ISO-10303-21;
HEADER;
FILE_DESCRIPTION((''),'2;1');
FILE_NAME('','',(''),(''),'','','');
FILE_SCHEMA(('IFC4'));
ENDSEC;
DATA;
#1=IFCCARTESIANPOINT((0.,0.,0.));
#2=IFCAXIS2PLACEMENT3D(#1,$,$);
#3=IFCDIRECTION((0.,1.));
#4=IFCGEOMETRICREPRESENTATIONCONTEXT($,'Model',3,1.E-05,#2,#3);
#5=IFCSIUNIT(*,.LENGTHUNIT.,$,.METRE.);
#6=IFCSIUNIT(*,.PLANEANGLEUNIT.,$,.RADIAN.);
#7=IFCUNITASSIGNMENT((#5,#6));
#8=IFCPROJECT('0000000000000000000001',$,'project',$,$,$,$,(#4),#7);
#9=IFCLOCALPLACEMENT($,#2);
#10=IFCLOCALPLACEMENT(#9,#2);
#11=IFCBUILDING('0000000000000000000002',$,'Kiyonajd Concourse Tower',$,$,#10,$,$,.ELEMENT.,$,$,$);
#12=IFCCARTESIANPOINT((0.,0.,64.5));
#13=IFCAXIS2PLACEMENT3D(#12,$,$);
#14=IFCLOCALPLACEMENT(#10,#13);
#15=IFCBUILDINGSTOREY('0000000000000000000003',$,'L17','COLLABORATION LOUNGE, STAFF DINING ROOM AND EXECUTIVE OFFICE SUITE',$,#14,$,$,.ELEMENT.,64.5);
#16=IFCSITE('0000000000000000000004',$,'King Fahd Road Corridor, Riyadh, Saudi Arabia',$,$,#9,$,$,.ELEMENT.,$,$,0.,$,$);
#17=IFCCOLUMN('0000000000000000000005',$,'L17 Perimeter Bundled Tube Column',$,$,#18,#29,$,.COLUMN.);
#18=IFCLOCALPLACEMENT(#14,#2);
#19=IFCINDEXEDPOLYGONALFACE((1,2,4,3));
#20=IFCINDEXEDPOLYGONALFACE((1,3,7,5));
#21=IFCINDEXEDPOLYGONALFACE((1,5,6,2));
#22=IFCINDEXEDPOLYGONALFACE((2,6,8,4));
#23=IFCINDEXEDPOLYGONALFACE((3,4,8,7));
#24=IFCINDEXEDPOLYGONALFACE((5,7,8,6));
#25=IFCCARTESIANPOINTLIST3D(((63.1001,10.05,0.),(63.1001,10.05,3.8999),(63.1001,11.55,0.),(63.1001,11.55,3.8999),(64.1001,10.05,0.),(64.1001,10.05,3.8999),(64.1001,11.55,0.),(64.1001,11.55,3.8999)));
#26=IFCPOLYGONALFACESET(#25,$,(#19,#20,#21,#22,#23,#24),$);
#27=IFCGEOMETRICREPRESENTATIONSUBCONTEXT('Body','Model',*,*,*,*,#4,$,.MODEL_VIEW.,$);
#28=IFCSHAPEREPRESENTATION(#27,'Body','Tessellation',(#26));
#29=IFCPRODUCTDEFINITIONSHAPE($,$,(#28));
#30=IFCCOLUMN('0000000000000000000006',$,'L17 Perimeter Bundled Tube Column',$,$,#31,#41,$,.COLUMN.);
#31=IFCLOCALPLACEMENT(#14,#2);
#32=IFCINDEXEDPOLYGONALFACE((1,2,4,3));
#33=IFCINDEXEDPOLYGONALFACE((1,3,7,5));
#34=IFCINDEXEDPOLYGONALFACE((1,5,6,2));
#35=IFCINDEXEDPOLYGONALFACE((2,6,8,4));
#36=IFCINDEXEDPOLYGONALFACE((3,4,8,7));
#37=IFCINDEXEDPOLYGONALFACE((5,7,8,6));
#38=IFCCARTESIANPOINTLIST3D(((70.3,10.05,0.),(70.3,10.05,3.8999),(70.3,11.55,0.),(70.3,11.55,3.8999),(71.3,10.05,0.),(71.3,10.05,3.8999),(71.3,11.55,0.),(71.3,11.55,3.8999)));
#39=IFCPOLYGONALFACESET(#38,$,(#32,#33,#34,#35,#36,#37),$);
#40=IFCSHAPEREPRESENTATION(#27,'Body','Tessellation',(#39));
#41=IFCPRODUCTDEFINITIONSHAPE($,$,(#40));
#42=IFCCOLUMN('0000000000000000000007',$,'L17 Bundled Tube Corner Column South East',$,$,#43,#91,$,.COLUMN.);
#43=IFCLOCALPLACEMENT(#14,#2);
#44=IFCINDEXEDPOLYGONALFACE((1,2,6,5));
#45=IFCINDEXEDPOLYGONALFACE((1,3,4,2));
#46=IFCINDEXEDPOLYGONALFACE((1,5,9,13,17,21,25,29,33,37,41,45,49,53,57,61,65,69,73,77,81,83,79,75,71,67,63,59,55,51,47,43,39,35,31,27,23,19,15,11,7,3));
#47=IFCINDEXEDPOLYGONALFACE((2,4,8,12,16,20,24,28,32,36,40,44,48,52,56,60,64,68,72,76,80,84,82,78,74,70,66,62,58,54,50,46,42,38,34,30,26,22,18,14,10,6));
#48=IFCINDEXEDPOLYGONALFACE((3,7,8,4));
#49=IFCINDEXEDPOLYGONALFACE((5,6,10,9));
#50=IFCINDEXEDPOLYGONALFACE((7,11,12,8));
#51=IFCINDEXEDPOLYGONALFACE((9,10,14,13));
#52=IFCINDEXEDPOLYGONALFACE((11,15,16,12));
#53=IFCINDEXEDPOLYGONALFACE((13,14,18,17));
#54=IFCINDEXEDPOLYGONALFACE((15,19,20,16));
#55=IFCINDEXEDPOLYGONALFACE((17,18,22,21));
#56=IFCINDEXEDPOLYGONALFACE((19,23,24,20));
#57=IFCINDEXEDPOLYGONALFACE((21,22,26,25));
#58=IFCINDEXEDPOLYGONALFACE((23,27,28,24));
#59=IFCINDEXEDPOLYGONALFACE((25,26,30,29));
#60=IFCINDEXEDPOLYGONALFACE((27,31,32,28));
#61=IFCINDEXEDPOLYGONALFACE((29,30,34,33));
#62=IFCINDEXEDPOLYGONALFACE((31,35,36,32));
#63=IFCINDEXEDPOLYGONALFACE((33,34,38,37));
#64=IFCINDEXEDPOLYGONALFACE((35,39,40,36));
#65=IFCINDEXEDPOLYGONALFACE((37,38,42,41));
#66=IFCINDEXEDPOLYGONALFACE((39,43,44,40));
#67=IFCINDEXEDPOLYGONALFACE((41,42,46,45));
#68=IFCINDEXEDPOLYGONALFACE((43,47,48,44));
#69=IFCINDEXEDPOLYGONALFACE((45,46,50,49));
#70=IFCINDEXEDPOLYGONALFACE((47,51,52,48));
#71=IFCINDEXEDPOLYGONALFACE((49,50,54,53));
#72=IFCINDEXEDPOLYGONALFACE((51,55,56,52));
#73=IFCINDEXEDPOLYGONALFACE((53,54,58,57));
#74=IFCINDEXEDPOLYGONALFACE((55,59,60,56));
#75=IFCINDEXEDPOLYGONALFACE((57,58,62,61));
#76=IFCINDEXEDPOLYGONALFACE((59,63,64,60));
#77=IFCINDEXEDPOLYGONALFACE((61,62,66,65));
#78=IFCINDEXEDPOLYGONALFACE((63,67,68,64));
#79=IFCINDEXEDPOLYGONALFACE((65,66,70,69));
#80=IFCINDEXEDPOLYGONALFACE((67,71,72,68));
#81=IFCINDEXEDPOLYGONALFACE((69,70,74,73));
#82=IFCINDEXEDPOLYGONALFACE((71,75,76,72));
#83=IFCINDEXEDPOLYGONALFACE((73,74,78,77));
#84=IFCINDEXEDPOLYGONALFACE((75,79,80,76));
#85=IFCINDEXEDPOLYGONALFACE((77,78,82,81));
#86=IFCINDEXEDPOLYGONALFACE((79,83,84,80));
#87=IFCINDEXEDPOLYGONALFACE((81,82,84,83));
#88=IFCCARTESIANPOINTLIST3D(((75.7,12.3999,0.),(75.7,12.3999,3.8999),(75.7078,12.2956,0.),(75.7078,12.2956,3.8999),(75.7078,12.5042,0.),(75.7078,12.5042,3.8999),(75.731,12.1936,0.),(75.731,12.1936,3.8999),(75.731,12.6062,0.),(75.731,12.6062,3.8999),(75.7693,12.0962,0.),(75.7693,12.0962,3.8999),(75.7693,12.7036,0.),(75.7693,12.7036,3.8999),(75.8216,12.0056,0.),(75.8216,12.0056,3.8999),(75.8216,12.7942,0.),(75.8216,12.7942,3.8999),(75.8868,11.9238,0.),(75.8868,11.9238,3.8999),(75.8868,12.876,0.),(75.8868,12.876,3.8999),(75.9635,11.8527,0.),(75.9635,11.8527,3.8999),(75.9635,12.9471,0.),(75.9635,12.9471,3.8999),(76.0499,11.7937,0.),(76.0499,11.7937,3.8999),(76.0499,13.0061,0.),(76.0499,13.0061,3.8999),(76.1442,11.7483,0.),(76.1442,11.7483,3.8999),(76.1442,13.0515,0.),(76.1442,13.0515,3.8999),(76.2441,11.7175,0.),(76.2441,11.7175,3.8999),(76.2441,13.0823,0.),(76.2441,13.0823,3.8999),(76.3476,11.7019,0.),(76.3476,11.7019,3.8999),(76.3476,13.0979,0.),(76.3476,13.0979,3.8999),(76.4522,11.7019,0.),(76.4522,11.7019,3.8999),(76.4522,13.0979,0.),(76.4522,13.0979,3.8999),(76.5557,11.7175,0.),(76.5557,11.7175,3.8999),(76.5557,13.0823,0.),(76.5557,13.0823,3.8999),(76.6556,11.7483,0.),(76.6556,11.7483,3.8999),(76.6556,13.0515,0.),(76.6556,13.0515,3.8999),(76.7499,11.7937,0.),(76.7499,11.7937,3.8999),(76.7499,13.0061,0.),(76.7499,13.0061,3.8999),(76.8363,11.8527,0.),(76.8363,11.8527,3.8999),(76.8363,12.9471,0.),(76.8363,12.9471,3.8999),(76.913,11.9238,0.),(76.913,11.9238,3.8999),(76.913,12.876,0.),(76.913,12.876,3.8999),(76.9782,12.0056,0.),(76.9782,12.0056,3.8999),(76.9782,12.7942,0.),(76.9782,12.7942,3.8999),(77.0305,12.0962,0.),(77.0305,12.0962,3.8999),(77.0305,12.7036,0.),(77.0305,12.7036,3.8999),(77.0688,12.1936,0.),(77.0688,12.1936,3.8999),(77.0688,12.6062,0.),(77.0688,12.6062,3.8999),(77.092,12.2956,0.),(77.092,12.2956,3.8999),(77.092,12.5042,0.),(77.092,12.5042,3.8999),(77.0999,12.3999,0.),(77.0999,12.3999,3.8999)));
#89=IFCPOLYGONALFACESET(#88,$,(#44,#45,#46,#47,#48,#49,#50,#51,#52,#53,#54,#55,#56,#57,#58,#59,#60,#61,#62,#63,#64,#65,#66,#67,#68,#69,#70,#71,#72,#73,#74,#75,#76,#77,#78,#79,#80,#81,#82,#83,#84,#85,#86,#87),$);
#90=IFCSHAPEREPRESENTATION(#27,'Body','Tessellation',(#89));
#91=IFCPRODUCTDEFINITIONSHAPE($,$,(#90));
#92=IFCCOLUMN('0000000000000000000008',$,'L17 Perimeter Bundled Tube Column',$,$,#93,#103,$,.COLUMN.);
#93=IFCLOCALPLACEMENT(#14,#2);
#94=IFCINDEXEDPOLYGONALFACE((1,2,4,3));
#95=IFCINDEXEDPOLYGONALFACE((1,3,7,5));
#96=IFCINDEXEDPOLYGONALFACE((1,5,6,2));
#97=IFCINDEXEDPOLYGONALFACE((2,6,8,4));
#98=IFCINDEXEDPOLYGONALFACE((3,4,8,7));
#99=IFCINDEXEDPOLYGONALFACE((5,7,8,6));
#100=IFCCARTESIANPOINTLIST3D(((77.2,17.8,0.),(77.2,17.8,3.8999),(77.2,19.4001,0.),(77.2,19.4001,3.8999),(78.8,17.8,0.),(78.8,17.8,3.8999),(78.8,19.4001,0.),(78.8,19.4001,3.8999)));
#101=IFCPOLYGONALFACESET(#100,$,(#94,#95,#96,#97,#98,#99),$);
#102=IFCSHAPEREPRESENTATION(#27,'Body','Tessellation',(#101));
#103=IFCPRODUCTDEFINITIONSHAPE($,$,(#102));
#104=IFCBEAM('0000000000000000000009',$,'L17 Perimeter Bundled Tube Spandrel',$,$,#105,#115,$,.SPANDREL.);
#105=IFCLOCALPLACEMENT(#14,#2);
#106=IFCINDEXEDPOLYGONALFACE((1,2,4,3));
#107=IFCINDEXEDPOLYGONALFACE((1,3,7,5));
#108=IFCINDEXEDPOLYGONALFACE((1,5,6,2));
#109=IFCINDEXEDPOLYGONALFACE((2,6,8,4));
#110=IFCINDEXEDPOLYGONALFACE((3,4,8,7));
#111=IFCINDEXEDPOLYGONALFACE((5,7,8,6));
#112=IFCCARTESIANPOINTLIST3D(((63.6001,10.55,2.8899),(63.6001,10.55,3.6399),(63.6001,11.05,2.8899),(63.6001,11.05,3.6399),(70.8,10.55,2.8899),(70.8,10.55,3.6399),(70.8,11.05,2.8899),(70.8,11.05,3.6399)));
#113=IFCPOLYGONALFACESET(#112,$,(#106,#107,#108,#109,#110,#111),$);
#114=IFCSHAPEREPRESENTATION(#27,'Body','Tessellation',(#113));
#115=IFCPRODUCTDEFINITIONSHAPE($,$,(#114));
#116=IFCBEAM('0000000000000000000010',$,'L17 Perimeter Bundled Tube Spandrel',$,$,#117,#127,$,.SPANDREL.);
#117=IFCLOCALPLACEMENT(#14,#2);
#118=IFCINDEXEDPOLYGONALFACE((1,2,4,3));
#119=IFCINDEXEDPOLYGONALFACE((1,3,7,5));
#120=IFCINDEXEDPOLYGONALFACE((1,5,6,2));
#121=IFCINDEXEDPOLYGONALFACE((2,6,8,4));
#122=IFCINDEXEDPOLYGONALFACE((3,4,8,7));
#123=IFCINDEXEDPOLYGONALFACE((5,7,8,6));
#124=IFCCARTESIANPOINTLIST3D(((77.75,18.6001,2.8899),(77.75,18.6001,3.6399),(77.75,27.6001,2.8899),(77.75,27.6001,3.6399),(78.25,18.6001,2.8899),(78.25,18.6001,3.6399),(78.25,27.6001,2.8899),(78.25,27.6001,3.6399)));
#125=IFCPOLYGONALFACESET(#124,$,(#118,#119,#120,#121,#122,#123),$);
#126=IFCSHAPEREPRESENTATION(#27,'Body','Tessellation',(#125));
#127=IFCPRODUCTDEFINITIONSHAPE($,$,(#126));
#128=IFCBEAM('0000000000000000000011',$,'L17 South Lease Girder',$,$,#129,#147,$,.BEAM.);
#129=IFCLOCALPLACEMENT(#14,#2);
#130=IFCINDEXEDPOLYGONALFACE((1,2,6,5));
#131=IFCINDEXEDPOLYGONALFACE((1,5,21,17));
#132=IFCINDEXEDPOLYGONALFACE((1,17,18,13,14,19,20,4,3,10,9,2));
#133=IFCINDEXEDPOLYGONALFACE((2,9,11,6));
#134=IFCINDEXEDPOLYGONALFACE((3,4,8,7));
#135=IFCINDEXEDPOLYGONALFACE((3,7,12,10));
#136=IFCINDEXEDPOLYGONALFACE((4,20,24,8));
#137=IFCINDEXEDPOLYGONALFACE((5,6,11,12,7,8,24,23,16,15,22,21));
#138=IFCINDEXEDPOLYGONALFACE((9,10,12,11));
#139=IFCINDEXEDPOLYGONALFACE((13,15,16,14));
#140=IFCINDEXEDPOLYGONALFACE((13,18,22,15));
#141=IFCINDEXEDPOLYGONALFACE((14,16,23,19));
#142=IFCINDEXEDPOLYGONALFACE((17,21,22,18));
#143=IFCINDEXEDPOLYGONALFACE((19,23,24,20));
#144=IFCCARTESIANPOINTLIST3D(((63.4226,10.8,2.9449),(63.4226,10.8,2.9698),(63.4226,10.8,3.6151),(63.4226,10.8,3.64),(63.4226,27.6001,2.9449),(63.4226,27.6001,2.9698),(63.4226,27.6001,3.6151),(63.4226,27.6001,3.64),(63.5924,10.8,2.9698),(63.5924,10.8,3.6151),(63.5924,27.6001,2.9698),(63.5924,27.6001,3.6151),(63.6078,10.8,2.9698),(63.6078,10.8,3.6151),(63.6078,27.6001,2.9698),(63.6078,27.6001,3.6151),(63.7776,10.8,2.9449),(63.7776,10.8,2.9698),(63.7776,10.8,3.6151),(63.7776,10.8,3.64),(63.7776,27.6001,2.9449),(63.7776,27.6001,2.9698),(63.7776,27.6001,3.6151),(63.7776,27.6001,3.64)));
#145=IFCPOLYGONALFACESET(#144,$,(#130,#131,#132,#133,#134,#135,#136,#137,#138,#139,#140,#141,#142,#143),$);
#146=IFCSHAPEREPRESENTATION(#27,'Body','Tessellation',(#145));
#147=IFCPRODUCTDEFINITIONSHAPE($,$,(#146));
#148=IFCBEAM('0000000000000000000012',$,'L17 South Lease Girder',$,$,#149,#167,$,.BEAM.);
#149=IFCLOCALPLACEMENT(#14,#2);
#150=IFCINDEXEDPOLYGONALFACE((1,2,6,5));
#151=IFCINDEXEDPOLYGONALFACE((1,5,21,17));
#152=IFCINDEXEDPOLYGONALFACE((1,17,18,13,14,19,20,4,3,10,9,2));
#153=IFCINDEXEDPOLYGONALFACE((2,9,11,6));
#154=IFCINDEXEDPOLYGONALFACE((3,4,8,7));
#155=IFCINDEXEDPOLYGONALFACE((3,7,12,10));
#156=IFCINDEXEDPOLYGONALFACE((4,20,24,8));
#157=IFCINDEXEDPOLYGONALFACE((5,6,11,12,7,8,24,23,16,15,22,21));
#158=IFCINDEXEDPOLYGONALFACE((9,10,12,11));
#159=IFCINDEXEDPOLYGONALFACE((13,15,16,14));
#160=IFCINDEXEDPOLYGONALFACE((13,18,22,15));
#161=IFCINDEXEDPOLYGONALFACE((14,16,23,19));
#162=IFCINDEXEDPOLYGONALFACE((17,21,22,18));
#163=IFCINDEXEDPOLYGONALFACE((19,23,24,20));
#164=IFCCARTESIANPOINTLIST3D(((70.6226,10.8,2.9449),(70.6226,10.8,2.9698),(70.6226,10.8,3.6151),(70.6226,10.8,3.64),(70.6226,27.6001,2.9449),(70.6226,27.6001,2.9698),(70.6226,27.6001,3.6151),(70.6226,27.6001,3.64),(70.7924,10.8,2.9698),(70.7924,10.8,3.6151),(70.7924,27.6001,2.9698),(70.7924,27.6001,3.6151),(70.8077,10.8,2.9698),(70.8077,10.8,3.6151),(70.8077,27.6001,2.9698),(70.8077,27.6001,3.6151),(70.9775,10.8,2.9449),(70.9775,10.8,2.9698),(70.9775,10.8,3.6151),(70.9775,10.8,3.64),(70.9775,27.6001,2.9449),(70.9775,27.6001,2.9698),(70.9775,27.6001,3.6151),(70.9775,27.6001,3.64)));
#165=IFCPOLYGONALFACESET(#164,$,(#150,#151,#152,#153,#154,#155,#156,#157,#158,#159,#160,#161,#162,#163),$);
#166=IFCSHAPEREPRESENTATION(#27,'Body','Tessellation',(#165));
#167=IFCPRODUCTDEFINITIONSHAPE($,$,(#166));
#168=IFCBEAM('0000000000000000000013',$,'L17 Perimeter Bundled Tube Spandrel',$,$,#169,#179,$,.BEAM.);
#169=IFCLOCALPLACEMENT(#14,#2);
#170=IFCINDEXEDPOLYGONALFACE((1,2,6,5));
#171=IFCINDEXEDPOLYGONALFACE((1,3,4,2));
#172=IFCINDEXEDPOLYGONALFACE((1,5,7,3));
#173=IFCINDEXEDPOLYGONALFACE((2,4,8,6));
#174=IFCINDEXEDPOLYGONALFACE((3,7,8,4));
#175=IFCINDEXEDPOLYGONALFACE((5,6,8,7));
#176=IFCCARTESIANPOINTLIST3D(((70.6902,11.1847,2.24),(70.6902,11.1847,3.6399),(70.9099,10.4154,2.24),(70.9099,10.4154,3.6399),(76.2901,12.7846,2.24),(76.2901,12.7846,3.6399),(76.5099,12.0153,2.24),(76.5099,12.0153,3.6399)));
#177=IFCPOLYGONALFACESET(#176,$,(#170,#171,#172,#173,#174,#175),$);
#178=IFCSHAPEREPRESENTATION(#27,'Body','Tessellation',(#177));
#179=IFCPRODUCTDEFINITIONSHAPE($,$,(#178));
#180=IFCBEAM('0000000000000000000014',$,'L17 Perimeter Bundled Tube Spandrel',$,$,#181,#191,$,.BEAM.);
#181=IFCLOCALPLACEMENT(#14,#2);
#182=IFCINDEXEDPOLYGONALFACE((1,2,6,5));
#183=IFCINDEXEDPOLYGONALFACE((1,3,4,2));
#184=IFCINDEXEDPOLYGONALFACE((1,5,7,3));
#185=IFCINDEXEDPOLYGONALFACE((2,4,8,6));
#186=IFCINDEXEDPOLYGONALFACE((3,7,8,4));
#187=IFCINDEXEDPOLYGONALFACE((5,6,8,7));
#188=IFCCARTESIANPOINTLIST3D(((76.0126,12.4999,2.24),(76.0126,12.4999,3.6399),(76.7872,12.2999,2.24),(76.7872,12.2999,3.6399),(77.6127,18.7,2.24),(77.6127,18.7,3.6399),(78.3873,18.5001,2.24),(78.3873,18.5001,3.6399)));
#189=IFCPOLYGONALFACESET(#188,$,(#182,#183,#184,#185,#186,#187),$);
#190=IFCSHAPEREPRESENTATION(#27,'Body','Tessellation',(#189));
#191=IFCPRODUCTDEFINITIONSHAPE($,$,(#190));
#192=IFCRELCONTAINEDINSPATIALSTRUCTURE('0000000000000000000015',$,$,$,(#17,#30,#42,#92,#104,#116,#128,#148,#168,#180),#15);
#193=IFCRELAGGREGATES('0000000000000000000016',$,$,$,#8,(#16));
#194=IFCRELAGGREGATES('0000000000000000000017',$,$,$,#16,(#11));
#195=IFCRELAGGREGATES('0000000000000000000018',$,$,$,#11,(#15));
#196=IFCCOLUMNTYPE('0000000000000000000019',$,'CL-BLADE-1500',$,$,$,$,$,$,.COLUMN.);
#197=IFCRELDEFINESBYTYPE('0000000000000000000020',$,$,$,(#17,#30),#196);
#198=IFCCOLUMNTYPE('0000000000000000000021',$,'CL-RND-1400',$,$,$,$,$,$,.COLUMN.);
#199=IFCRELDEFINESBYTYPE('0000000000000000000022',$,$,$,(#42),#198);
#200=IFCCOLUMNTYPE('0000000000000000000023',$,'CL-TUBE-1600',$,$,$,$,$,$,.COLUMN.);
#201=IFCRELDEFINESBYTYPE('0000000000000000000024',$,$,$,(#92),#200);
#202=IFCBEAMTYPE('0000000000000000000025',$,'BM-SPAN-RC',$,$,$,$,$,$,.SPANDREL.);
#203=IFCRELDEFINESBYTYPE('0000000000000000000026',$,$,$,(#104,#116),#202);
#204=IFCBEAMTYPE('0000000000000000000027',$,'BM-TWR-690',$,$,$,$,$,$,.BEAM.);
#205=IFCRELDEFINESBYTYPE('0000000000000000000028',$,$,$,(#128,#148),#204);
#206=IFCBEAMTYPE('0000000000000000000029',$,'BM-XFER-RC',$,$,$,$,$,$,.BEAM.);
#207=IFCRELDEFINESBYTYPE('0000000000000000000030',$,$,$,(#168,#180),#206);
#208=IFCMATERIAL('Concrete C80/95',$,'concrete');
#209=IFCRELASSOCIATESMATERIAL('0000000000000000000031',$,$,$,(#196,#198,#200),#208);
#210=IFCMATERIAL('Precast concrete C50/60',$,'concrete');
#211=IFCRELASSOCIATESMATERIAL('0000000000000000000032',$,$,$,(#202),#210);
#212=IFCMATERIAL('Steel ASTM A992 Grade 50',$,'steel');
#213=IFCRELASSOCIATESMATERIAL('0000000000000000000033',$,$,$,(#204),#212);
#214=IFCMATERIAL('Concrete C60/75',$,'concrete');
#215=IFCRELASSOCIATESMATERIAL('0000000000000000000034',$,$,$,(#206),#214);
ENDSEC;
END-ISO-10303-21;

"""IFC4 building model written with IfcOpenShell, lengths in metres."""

from ifc_helpers import new_model, si_unit, direction, frame, origin, origin_2d, place, context, subcontext, project, spatial, rectangle, circle, i_section, extrude, material, material_profile, profile_set, type_object, element, save


model = new_model("IFC4")

# Units and contexts
model_context = context("Model", 3, precision=1e-05, world=origin(), true_north=direction((0.0, 1.0)))
body_context = subcontext(model_context, "Body", "Model", "MODEL_VIEW")
ifc_project = project(units=[si_unit("LENGTHUNIT", "METRE"), si_unit("PLANEANGLEUNIT", "RADIAN")], contexts=[model_context])

# Site, building, storey
site_placement = place(None, origin())
site = spatial("IfcSite", under=ifc_project, at=site_placement, Name="King Fahd Road Corridor, Riyadh, Saudi Arabia", CompositionType="ELEMENT", RefElevation=0.0)
building_placement = place(site_placement, origin())
building = spatial("IfcBuilding", under=site, at=building_placement, Name="Kiyonajd Concourse Tower", CompositionType="ELEMENT")
storey_placement = place(building_placement, frame((0.0, 0.0, 64.5)))
storey = spatial("IfcBuildingStorey", under=building, at=storey_placement, Name="L17", Description="COLLABORATION LOUNGE, STAFF DINING ROOM AND EXECUTIVE OFFICE SUITE", CompositionType="ELEMENT", Elevation=64.5)

# Columns
ifc_material_1 = material(Name="Concrete C80/95", Category="concrete")
ifc_material_profile_1 = material_profile(ifc_material_1, rectangle(XDim=1.0, YDim=1.5, at=origin_2d()), Name="RC-1500x1000")
ifc_profile_set_1 = profile_set([ifc_material_profile_1], Name="Concrete C80/95")
column_type_1 = type_object("IfcColumnType", Name="CL-BLADE-1500", PredefinedType="COLUMN", material=ifc_profile_set_1)
for number, where, z_axis, x_axis, name in (
    (1, (63.6001, 10.8, 0.0), (0.0, 0.0, 1.0), (1.0, 0.0, 0.0), "L17 Perimeter Bundled Tube Column"),
    (2, (70.8, 10.8, 0.0), (0.0, 0.0, 1.0), (1.0, 0.0, 0.0), "L17 Perimeter Bundled Tube Column"),
):
    element("IfcColumn", number, at=place(storey_placement, frame(where, z_axis=z_axis, x_axis=x_axis)), inside=storey, type_object=column_type_1, Name=name, PredefinedType="COLUMN", context=body_context, shape_type="SweptSolid", body=[
        extrude(rectangle(XDim=1.0, YDim=1.5, at=origin_2d()), origin(), (0.0, 0.0, 1.0), 3.8999),
    ])
ifc_material_profile_2 = material_profile(ifc_material_1, circle(Radius=0.7, at=origin_2d()), Name="RCC-D1400")
ifc_profile_set_2 = profile_set([ifc_material_profile_2], Name="Concrete C80/95")
column_type_2 = type_object("IfcColumnType", Name="CL-RND-1400", PredefinedType="COLUMN", material=ifc_profile_set_2)
column_1_placement = place(storey_placement, frame((76.3999, 12.3999, 0.0), z_axis=(0.0, 0.0, 1.0), x_axis=(1.0, 0.0, 0.0)))
element("IfcColumn", 3, at=column_1_placement, inside=storey, type_object=column_type_2, Name="L17 Bundled Tube Corner Column South East", PredefinedType="COLUMN", context=body_context, shape_type="SweptSolid", body=[
    extrude(circle(Radius=0.7, at=origin_2d()), origin(), (0.0, 0.0, 1.0), 3.8999),
])
ifc_material_profile_3 = material_profile(ifc_material_1, rectangle(XDim=1.6001, YDim=1.6001, at=origin_2d()), Name="RC-1600x1600")
ifc_profile_set_3 = profile_set([ifc_material_profile_3], Name="Concrete C80/95")
column_type_3 = type_object("IfcColumnType", Name="CL-TUBE-1600", PredefinedType="COLUMN", material=ifc_profile_set_3)
column_2_placement = place(storey_placement, frame((78.0, 18.6001, 0.0), z_axis=(0.0, 0.0, 1.0), x_axis=(1.0, 0.0, 0.0)))
element("IfcColumn", 4, at=column_2_placement, inside=storey, type_object=column_type_3, Name="L17 Perimeter Bundled Tube Column", PredefinedType="COLUMN", context=body_context, shape_type="SweptSolid", body=[
    extrude(rectangle(XDim=1.6001, YDim=1.6001, at=origin_2d()), origin(), (0.0, 0.0, 1.0), 3.8999),
])

# Beams
ifc_material_2 = material(Name="Precast concrete C50/60", Category="concrete")
ifc_material_profile_4 = material_profile(ifc_material_2, rectangle(XDim=0.5, YDim=0.75, at=origin_2d()), Name="RCBM-500x750")
ifc_profile_set_4 = profile_set([ifc_material_profile_4], Name="Precast concrete C50/60")
beam_type_1 = type_object("IfcBeamType", Name="BM-SPAN-RC", PredefinedType="SPANDREL", material=ifc_profile_set_4)
beam_1_placement = place(storey_placement, frame((63.6001, 10.8, 3.2649), z_axis=(1.0, 0.0, 0.0), x_axis=(0.0, 1.0, 0.0)))
element("IfcBeam", 5, at=beam_1_placement, inside=storey, type_object=beam_type_1, Name="L17 Perimeter Bundled Tube Spandrel", PredefinedType="SPANDREL", context=body_context, shape_type="SweptSolid", body=[
    extrude(rectangle(XDim=0.5, YDim=0.75, at=origin_2d()), origin(), (0.0, 0.0, 1.0), 7.2),
])
beam_2_placement = place(storey_placement, frame((78.0, 18.6001, 3.2649), z_axis=(0.0, 1.0, 0.0), x_axis=(-1.0, 0.0, 0.0)))
element("IfcBeam", 6, at=beam_2_placement, inside=storey, type_object=beam_type_1, Name="L17 Perimeter Bundled Tube Spandrel", PredefinedType="SPANDREL", context=body_context, shape_type="SweptSolid", body=[
    extrude(rectangle(XDim=0.5, YDim=0.75, at=origin_2d()), origin(), (0.0, 0.0, 1.0), 9.0),
])
ifc_material_3 = material(Name="Steel ASTM A992 Grade 50", Category="steel")
ifc_material_profile_5 = material_profile(ifc_material_3, i_section(OverallWidth=0.355, OverallDepth=0.6951, WebThickness=0.0154, FlangeThickness=0.0249, at=origin_2d()), Name="W690X217")
ifc_profile_set_5 = profile_set([ifc_material_profile_5], Name="Steel ASTM A992 Grade 50")
beam_type_2 = type_object("IfcBeamType", Name="BM-TWR-690", PredefinedType="BEAM", material=ifc_profile_set_5)
for number, where, z_axis, x_axis, name in (
    (7, (63.6001, 10.8, 3.2925), (0.0, 1.0, 0.0), (-1.0, 0.0, 0.0), "L17 South Lease Girder"),
    (8, (70.8, 10.8, 3.2925), (0.0, 1.0, 0.0), (-1.0, 0.0, 0.0), "L17 South Lease Girder"),
):
    element("IfcBeam", number, at=place(storey_placement, frame(where, z_axis=z_axis, x_axis=x_axis)), inside=storey, type_object=beam_type_2, Name=name, PredefinedType="BEAM", context=body_context, shape_type="SweptSolid", body=[
        extrude(i_section(OverallWidth=0.355, OverallDepth=0.6951, WebThickness=0.0154, FlangeThickness=0.0249, at=origin_2d()), origin(), (0.0, 0.0, 1.0), 16.8),
    ])
ifc_material_4 = material(Name="Concrete C60/75", Category="concrete")
ifc_material_profile_6 = material_profile(ifc_material_4, rectangle(XDim=0.8, YDim=1.3999, at=origin_2d()), Name="RCBM-800x1400")
ifc_profile_set_6 = profile_set([ifc_material_profile_6], Name="Concrete C60/75")
beam_type_3 = type_object("IfcBeamType", Name="BM-XFER-RC", PredefinedType="BEAM", material=ifc_profile_set_6)
beam_3_placement = place(storey_placement, frame((70.8, 10.8, 2.9399), z_axis=(0.961529, 0.274705, 0.0), x_axis=(-0.274705, 0.961529, 0.0)))
element("IfcBeam", 9, at=beam_3_placement, inside=storey, type_object=beam_type_3, Name="L17 Perimeter Bundled Tube Spandrel", PredefinedType="BEAM", context=body_context, shape_type="SweptSolid", body=[
    extrude(rectangle(XDim=0.8, YDim=1.3999, at=origin_2d()), origin(), (0.0, 0.0, 1.0), 5.824),
])
beam_4_placement = place(storey_placement, frame((76.3999, 12.3999, 2.9399), z_axis=(0.249885, 0.968276, 0.0), x_axis=(-0.968276, 0.249885, 0.0)))
element("IfcBeam", 10, at=beam_4_placement, inside=storey, type_object=beam_type_3, Name="L17 Perimeter Bundled Tube Spandrel", PredefinedType="BEAM", context=body_context, shape_type="SweptSolid", body=[
    extrude(rectangle(XDim=0.8, YDim=1.3999, at=origin_2d()), origin(), (0.0, 0.0, 1.0), 6.4033),
])

save(model, "model.ifc")
